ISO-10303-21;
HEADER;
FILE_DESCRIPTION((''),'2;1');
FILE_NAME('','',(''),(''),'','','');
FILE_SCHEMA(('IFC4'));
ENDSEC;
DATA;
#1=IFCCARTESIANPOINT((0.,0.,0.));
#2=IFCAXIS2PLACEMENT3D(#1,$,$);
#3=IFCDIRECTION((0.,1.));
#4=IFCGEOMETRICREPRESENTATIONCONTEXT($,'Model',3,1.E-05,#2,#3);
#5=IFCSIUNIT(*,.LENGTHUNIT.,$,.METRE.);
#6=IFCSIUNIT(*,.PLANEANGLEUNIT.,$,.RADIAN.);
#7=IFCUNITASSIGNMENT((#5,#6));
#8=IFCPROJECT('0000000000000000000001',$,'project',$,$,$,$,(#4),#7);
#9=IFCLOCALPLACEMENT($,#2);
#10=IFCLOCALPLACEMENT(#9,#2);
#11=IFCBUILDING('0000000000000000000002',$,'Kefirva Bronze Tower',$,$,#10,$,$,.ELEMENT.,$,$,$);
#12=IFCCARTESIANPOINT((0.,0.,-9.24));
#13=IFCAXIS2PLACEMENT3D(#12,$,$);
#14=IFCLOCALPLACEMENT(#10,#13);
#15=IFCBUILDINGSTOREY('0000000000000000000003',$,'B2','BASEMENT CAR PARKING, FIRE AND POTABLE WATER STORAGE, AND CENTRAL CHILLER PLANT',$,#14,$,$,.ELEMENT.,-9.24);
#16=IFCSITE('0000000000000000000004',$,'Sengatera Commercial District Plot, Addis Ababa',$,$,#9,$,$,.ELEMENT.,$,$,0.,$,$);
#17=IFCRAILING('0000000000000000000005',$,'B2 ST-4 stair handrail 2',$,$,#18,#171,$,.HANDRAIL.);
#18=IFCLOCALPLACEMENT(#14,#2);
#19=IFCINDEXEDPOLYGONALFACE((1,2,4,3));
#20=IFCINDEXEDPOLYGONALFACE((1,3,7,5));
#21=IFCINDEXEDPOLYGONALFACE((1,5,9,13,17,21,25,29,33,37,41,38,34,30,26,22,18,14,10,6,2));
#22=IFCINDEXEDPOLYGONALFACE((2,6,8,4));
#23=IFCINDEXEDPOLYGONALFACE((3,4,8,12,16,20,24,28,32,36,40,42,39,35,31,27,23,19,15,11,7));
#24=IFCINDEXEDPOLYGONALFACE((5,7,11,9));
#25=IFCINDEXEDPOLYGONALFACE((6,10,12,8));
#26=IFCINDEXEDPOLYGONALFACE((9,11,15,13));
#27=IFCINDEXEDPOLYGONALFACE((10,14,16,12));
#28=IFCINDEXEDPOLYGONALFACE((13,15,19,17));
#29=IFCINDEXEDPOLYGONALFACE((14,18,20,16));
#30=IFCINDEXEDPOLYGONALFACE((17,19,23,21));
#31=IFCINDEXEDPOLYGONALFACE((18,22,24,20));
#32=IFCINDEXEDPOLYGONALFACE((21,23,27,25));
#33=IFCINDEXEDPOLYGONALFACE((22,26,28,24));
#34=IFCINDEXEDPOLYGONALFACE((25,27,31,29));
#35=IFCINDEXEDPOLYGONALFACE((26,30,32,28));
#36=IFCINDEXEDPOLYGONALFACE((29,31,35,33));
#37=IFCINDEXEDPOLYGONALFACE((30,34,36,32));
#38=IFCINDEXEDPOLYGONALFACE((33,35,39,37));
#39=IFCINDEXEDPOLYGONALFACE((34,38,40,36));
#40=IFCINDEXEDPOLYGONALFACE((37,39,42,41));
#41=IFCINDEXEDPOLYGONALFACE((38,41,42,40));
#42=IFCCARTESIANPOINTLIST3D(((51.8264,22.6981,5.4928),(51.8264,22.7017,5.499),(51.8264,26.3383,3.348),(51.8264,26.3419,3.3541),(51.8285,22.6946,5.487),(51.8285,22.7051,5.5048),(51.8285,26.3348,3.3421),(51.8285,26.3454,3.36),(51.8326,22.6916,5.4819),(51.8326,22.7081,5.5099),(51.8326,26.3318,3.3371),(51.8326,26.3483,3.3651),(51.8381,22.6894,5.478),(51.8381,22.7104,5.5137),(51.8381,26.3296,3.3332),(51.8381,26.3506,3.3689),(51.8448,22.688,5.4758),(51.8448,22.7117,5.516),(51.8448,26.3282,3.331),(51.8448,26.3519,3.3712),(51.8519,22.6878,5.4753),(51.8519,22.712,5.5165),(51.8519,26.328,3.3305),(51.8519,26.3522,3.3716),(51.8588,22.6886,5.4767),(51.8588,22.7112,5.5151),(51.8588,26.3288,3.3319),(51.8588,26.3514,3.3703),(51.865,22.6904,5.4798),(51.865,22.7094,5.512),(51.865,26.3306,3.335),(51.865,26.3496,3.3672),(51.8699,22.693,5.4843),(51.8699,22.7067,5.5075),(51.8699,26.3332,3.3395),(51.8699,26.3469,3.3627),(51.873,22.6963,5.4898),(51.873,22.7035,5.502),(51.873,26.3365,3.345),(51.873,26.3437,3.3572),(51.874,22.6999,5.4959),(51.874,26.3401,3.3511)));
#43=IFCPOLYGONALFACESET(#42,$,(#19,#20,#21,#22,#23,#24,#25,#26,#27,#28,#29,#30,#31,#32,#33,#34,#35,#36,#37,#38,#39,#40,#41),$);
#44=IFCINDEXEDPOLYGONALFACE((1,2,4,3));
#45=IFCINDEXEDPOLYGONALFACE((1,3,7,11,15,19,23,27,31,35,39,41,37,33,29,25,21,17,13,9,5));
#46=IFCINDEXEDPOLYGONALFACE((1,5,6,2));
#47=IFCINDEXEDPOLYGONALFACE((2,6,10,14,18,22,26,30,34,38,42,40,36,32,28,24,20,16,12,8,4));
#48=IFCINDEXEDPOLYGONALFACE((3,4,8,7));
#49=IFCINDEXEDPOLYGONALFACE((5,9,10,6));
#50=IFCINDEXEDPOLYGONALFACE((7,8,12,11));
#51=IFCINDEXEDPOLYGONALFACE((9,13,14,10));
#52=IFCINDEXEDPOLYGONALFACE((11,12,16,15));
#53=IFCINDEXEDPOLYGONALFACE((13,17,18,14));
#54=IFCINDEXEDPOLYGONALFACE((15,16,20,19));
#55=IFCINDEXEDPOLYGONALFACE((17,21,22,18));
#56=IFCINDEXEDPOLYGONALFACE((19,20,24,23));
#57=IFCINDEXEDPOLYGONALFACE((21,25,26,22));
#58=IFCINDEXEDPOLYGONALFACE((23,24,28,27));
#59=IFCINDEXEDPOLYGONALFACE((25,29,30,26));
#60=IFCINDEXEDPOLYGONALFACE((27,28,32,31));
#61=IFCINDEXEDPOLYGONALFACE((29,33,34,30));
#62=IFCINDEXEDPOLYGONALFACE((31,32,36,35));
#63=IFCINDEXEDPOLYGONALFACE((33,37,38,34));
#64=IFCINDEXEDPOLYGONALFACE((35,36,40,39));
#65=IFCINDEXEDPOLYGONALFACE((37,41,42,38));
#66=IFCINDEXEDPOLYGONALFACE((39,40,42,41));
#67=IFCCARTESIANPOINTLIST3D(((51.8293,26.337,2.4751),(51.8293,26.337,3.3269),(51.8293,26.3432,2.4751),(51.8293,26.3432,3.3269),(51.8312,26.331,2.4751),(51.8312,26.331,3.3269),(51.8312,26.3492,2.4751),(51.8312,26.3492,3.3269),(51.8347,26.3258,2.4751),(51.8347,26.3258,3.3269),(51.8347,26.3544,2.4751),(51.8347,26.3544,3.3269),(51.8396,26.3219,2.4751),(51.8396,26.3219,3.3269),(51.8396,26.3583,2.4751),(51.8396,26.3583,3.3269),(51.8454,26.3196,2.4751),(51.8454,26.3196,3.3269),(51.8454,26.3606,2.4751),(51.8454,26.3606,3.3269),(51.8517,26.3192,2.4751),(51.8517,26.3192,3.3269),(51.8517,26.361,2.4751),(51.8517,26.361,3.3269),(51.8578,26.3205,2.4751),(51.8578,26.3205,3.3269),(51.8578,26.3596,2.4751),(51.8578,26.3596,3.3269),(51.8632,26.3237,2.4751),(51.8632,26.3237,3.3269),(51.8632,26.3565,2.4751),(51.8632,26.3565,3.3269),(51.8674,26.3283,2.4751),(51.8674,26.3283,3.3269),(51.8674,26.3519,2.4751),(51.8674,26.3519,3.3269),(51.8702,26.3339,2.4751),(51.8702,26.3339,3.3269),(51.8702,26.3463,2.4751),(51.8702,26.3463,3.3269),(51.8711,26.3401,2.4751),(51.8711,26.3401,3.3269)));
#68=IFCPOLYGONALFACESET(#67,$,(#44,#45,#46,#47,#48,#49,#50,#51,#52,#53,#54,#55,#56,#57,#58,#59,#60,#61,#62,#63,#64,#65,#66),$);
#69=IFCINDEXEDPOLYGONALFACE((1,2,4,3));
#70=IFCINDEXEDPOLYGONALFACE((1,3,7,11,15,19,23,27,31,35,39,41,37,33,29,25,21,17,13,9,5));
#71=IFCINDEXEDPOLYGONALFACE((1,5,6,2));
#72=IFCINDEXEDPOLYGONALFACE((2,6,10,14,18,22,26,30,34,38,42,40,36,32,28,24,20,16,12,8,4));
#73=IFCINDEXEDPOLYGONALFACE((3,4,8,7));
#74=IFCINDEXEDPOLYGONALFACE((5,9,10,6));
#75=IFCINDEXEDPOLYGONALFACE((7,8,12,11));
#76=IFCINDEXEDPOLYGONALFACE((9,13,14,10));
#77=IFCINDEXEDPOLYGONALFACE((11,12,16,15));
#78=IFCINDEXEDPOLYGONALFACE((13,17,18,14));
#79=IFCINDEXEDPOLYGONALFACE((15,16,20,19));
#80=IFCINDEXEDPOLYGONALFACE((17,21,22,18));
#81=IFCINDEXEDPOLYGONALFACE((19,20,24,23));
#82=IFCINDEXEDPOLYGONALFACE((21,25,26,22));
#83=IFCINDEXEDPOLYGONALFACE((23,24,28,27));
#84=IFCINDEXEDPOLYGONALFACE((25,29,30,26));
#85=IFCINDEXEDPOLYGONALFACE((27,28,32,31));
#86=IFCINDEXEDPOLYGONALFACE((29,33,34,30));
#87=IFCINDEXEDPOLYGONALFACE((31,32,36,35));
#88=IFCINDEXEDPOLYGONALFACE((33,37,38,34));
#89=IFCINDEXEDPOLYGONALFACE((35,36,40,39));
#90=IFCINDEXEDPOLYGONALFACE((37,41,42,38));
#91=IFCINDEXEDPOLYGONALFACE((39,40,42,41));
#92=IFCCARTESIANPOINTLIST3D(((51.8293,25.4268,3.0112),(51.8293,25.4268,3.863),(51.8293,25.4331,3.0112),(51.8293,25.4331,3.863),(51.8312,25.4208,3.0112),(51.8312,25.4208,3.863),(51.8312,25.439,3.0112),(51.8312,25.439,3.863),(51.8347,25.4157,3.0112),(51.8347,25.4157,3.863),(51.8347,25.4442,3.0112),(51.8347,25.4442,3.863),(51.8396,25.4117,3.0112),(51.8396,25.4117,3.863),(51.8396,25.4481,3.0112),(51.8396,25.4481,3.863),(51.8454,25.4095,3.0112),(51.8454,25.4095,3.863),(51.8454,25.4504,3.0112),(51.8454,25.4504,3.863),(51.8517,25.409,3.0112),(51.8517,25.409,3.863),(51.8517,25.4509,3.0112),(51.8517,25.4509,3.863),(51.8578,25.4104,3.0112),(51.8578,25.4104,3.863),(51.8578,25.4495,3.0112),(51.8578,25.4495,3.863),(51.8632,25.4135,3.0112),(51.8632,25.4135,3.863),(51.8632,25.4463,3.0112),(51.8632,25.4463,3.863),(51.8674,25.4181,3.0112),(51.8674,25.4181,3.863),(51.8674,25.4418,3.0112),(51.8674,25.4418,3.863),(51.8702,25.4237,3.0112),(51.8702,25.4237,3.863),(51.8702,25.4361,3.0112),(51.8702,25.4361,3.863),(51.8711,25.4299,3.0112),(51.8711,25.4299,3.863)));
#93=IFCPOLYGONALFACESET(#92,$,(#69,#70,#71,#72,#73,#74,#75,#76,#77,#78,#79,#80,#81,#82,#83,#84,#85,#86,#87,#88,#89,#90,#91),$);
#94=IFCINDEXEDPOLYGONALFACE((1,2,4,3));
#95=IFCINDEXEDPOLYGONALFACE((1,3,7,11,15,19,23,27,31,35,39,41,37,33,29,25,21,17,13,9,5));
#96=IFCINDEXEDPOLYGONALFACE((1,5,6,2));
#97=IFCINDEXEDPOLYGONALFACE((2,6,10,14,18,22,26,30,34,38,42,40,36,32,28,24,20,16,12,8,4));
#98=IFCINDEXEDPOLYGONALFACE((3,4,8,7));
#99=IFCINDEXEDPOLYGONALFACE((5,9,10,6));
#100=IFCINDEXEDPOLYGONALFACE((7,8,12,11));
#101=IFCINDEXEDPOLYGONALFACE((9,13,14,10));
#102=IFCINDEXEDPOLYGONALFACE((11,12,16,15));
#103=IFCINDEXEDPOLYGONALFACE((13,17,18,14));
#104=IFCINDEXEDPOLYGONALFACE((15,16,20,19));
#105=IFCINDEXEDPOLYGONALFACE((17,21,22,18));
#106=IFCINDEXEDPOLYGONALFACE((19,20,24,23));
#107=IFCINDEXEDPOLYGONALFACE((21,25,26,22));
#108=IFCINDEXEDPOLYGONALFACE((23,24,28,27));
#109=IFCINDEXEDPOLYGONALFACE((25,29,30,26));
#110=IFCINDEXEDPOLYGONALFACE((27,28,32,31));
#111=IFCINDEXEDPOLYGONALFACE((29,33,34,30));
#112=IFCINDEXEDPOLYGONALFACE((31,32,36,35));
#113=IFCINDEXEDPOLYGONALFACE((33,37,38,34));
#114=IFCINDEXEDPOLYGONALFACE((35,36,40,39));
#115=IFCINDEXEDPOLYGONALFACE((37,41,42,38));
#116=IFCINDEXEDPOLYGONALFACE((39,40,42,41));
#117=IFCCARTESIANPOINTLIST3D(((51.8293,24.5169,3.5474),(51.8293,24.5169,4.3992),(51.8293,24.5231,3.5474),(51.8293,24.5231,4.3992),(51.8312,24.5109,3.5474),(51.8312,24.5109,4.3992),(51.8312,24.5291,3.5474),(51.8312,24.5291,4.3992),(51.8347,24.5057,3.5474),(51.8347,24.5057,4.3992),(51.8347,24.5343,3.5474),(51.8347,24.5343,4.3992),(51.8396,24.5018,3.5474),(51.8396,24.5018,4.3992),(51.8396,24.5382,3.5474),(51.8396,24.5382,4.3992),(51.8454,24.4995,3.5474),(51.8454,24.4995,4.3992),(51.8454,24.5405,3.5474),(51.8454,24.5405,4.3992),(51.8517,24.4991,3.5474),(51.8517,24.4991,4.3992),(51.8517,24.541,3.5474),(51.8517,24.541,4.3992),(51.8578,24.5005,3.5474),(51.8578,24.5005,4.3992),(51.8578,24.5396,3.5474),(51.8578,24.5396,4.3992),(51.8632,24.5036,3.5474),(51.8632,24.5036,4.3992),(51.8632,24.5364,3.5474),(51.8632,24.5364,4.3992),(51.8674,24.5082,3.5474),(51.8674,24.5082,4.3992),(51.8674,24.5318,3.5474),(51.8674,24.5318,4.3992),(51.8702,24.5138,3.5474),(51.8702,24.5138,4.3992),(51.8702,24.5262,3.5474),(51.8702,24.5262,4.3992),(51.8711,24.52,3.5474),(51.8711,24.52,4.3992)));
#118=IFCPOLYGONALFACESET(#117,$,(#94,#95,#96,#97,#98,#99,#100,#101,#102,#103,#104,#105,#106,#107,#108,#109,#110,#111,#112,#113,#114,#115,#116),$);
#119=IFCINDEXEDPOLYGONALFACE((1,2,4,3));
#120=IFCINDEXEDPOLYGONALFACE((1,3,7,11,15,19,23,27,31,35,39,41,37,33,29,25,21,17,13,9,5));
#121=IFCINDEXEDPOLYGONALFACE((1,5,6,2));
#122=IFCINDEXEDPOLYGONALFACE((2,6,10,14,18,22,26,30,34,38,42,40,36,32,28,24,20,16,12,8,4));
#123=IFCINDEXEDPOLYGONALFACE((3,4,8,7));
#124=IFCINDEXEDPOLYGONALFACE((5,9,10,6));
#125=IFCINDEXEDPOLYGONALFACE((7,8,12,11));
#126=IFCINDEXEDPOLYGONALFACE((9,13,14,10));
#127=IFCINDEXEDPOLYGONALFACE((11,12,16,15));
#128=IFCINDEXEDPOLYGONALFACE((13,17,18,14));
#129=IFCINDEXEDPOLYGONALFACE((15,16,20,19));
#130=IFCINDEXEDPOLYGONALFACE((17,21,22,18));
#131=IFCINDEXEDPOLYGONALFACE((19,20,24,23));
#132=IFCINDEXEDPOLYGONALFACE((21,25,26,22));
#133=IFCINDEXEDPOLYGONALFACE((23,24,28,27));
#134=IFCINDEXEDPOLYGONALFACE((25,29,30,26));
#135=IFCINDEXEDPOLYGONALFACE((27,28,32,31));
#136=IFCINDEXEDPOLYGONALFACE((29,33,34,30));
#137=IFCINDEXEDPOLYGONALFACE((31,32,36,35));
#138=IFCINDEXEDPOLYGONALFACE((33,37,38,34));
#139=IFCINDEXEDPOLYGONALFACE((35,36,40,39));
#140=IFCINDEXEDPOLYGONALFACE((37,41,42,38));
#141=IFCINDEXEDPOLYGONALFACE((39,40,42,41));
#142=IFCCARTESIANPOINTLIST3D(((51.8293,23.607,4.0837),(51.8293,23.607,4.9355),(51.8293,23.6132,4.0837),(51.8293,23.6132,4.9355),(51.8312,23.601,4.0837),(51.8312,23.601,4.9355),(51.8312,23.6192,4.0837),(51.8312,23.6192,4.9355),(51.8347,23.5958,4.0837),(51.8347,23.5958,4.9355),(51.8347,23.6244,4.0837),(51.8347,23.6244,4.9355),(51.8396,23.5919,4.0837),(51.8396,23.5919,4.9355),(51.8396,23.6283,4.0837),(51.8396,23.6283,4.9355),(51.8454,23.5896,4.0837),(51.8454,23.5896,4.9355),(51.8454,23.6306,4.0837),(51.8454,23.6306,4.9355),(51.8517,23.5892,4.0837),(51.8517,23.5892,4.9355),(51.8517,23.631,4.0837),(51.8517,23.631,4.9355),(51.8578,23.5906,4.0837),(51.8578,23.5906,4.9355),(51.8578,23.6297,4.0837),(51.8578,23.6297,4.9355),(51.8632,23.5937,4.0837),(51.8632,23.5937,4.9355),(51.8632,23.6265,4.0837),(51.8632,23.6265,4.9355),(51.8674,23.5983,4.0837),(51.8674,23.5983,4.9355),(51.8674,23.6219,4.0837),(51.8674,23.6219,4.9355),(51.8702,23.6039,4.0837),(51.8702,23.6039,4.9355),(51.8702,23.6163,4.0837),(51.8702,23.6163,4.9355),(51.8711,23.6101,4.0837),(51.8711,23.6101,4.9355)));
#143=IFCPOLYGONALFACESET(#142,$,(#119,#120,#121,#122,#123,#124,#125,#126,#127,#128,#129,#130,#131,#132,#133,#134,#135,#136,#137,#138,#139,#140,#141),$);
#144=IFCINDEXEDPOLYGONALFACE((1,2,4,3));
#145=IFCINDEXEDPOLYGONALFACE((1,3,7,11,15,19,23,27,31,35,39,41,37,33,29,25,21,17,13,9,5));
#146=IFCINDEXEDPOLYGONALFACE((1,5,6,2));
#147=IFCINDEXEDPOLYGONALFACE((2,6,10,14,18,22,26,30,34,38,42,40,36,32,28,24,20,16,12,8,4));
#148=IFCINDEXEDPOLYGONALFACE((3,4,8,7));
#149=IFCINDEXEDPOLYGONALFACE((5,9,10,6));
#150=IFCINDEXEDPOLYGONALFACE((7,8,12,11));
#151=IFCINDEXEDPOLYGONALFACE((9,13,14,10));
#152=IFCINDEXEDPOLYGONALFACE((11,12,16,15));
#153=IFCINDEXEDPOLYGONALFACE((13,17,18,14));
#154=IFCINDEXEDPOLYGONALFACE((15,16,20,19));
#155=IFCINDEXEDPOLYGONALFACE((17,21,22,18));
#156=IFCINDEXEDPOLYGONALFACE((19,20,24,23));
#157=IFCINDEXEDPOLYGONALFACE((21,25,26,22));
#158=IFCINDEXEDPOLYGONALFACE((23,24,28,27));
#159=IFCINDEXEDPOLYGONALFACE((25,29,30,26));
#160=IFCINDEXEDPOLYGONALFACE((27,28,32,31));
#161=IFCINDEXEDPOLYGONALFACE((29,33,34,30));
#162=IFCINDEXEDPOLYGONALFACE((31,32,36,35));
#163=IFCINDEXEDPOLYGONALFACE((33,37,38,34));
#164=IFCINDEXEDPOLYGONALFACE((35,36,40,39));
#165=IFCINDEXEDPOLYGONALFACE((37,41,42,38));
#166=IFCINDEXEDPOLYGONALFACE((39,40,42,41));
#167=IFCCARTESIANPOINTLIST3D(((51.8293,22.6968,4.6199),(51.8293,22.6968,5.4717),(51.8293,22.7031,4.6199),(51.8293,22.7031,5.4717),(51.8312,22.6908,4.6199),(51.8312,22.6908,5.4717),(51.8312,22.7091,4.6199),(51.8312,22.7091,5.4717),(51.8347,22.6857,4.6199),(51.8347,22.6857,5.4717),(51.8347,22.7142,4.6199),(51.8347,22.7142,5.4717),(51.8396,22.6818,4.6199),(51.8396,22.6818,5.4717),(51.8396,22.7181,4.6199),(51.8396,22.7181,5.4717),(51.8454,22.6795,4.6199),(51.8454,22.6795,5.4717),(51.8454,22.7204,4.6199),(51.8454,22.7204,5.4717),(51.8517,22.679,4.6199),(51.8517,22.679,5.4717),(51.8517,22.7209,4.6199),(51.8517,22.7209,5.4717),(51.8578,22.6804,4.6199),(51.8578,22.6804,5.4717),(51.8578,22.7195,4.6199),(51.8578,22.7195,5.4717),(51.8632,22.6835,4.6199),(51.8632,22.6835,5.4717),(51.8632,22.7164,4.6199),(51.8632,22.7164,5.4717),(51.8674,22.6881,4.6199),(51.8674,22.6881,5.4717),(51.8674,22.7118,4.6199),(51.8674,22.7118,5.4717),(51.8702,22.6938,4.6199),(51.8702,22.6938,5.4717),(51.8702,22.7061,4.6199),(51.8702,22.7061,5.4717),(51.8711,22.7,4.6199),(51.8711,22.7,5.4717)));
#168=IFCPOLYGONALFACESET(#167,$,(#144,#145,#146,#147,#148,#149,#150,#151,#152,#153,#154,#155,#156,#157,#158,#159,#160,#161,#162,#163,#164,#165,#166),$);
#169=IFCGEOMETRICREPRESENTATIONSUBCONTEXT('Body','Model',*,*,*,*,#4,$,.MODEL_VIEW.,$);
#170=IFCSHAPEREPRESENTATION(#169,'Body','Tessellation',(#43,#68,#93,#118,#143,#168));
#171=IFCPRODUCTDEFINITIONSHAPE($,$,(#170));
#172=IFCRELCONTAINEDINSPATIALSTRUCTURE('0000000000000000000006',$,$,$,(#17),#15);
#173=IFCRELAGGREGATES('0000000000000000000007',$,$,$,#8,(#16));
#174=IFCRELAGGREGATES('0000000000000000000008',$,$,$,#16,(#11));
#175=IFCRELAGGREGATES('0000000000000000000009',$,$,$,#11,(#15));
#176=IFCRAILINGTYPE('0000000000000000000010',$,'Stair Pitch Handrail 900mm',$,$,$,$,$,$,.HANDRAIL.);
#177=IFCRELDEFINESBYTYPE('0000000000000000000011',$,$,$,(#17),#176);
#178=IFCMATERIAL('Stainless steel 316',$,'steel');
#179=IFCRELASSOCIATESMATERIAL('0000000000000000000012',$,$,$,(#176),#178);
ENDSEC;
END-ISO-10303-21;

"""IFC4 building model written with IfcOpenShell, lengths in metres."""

from ifc_helpers import new_model, si_unit, direction, frame, origin, origin_2d, place, context, subcontext, project, spatial, circle, extrude, material, type_object, element, save


model = new_model("IFC4")

# Units and contexts
model_context = context("Model", 3, precision=1e-05, world=origin(), true_north=direction((0.0, 1.0)))
body_context = subcontext(model_context, "Body", "Model", "MODEL_VIEW")
ifc_project = project(units=[si_unit("LENGTHUNIT", "METRE"), si_unit("PLANEANGLEUNIT", "RADIAN")], contexts=[model_context])

# Site, building, storey
site_placement = place(None, origin())
site = spatial("IfcSite", under=ifc_project, at=site_placement, Name="Sengatera Commercial District Plot, Addis Ababa", CompositionType="ELEMENT", RefElevation=0.0)
building_placement = place(site_placement, origin())
building = spatial("IfcBuilding", under=site, at=building_placement, Name="Kefirva Bronze Tower", CompositionType="ELEMENT")
storey_placement = place(building_placement, frame((0.0, 0.0, -9.24)))
storey = spatial("IfcBuildingStorey", under=building, at=storey_placement, Name="B2", Description="BASEMENT CAR PARKING, FIRE AND POTABLE WATER STORAGE, AND CENTRAL CHILLER PLANT", CompositionType="ELEMENT", Elevation=-9.24)

# Railing
ifc_material_1 = material(Name="Stainless steel 316", Category="steel")
railing_type_1 = type_object("IfcRailingType", Name="Stair Pitch Handrail 900mm", PredefinedType="HANDRAIL", material=ifc_material_1)
railing_1_placement = place(storey_placement, frame((51.8501, 26.3401, 2.4751)))
element("IfcRailing", 1, at=railing_1_placement, inside=storey, type_object=railing_type_1, Name="B2 ST-4 stair handrail 2", PredefinedType="HANDRAIL", context=body_context, shape_type="SweptSolid", body=[
    extrude(circle(Radius=0.0239, at=origin_2d()), frame((0.0, 0.0, 0.876), z_axis=(0.0, -0.86157, 0.507639), x_axis=(1.0, 0.0, 0.0)), (0.0, 0.0, 1.0), 4.2251),
    extrude(circle(Radius=0.021, at=origin_2d()), origin(), (0.0, 0.0, 1.0), 0.8518),
    extrude(circle(Radius=0.021, at=origin_2d()), frame((0.0, -0.9102, 0.5361)), (0.0, 0.0, 1.0), 0.8518),
    extrude(circle(Radius=0.021, at=origin_2d()), frame((0.0, -1.8201, 1.0723)), (0.0, 0.0, 1.0), 0.8518),
    extrude(circle(Radius=0.021, at=origin_2d()), frame((0.0, -2.73, 1.6086)), (0.0, 0.0, 1.0), 0.8518),
    extrude(circle(Radius=0.021, at=origin_2d()), frame((0.0, -3.6401, 2.1448)), (0.0, 0.0, 1.0), 0.8518),
])

save(model, "model.ifc")
